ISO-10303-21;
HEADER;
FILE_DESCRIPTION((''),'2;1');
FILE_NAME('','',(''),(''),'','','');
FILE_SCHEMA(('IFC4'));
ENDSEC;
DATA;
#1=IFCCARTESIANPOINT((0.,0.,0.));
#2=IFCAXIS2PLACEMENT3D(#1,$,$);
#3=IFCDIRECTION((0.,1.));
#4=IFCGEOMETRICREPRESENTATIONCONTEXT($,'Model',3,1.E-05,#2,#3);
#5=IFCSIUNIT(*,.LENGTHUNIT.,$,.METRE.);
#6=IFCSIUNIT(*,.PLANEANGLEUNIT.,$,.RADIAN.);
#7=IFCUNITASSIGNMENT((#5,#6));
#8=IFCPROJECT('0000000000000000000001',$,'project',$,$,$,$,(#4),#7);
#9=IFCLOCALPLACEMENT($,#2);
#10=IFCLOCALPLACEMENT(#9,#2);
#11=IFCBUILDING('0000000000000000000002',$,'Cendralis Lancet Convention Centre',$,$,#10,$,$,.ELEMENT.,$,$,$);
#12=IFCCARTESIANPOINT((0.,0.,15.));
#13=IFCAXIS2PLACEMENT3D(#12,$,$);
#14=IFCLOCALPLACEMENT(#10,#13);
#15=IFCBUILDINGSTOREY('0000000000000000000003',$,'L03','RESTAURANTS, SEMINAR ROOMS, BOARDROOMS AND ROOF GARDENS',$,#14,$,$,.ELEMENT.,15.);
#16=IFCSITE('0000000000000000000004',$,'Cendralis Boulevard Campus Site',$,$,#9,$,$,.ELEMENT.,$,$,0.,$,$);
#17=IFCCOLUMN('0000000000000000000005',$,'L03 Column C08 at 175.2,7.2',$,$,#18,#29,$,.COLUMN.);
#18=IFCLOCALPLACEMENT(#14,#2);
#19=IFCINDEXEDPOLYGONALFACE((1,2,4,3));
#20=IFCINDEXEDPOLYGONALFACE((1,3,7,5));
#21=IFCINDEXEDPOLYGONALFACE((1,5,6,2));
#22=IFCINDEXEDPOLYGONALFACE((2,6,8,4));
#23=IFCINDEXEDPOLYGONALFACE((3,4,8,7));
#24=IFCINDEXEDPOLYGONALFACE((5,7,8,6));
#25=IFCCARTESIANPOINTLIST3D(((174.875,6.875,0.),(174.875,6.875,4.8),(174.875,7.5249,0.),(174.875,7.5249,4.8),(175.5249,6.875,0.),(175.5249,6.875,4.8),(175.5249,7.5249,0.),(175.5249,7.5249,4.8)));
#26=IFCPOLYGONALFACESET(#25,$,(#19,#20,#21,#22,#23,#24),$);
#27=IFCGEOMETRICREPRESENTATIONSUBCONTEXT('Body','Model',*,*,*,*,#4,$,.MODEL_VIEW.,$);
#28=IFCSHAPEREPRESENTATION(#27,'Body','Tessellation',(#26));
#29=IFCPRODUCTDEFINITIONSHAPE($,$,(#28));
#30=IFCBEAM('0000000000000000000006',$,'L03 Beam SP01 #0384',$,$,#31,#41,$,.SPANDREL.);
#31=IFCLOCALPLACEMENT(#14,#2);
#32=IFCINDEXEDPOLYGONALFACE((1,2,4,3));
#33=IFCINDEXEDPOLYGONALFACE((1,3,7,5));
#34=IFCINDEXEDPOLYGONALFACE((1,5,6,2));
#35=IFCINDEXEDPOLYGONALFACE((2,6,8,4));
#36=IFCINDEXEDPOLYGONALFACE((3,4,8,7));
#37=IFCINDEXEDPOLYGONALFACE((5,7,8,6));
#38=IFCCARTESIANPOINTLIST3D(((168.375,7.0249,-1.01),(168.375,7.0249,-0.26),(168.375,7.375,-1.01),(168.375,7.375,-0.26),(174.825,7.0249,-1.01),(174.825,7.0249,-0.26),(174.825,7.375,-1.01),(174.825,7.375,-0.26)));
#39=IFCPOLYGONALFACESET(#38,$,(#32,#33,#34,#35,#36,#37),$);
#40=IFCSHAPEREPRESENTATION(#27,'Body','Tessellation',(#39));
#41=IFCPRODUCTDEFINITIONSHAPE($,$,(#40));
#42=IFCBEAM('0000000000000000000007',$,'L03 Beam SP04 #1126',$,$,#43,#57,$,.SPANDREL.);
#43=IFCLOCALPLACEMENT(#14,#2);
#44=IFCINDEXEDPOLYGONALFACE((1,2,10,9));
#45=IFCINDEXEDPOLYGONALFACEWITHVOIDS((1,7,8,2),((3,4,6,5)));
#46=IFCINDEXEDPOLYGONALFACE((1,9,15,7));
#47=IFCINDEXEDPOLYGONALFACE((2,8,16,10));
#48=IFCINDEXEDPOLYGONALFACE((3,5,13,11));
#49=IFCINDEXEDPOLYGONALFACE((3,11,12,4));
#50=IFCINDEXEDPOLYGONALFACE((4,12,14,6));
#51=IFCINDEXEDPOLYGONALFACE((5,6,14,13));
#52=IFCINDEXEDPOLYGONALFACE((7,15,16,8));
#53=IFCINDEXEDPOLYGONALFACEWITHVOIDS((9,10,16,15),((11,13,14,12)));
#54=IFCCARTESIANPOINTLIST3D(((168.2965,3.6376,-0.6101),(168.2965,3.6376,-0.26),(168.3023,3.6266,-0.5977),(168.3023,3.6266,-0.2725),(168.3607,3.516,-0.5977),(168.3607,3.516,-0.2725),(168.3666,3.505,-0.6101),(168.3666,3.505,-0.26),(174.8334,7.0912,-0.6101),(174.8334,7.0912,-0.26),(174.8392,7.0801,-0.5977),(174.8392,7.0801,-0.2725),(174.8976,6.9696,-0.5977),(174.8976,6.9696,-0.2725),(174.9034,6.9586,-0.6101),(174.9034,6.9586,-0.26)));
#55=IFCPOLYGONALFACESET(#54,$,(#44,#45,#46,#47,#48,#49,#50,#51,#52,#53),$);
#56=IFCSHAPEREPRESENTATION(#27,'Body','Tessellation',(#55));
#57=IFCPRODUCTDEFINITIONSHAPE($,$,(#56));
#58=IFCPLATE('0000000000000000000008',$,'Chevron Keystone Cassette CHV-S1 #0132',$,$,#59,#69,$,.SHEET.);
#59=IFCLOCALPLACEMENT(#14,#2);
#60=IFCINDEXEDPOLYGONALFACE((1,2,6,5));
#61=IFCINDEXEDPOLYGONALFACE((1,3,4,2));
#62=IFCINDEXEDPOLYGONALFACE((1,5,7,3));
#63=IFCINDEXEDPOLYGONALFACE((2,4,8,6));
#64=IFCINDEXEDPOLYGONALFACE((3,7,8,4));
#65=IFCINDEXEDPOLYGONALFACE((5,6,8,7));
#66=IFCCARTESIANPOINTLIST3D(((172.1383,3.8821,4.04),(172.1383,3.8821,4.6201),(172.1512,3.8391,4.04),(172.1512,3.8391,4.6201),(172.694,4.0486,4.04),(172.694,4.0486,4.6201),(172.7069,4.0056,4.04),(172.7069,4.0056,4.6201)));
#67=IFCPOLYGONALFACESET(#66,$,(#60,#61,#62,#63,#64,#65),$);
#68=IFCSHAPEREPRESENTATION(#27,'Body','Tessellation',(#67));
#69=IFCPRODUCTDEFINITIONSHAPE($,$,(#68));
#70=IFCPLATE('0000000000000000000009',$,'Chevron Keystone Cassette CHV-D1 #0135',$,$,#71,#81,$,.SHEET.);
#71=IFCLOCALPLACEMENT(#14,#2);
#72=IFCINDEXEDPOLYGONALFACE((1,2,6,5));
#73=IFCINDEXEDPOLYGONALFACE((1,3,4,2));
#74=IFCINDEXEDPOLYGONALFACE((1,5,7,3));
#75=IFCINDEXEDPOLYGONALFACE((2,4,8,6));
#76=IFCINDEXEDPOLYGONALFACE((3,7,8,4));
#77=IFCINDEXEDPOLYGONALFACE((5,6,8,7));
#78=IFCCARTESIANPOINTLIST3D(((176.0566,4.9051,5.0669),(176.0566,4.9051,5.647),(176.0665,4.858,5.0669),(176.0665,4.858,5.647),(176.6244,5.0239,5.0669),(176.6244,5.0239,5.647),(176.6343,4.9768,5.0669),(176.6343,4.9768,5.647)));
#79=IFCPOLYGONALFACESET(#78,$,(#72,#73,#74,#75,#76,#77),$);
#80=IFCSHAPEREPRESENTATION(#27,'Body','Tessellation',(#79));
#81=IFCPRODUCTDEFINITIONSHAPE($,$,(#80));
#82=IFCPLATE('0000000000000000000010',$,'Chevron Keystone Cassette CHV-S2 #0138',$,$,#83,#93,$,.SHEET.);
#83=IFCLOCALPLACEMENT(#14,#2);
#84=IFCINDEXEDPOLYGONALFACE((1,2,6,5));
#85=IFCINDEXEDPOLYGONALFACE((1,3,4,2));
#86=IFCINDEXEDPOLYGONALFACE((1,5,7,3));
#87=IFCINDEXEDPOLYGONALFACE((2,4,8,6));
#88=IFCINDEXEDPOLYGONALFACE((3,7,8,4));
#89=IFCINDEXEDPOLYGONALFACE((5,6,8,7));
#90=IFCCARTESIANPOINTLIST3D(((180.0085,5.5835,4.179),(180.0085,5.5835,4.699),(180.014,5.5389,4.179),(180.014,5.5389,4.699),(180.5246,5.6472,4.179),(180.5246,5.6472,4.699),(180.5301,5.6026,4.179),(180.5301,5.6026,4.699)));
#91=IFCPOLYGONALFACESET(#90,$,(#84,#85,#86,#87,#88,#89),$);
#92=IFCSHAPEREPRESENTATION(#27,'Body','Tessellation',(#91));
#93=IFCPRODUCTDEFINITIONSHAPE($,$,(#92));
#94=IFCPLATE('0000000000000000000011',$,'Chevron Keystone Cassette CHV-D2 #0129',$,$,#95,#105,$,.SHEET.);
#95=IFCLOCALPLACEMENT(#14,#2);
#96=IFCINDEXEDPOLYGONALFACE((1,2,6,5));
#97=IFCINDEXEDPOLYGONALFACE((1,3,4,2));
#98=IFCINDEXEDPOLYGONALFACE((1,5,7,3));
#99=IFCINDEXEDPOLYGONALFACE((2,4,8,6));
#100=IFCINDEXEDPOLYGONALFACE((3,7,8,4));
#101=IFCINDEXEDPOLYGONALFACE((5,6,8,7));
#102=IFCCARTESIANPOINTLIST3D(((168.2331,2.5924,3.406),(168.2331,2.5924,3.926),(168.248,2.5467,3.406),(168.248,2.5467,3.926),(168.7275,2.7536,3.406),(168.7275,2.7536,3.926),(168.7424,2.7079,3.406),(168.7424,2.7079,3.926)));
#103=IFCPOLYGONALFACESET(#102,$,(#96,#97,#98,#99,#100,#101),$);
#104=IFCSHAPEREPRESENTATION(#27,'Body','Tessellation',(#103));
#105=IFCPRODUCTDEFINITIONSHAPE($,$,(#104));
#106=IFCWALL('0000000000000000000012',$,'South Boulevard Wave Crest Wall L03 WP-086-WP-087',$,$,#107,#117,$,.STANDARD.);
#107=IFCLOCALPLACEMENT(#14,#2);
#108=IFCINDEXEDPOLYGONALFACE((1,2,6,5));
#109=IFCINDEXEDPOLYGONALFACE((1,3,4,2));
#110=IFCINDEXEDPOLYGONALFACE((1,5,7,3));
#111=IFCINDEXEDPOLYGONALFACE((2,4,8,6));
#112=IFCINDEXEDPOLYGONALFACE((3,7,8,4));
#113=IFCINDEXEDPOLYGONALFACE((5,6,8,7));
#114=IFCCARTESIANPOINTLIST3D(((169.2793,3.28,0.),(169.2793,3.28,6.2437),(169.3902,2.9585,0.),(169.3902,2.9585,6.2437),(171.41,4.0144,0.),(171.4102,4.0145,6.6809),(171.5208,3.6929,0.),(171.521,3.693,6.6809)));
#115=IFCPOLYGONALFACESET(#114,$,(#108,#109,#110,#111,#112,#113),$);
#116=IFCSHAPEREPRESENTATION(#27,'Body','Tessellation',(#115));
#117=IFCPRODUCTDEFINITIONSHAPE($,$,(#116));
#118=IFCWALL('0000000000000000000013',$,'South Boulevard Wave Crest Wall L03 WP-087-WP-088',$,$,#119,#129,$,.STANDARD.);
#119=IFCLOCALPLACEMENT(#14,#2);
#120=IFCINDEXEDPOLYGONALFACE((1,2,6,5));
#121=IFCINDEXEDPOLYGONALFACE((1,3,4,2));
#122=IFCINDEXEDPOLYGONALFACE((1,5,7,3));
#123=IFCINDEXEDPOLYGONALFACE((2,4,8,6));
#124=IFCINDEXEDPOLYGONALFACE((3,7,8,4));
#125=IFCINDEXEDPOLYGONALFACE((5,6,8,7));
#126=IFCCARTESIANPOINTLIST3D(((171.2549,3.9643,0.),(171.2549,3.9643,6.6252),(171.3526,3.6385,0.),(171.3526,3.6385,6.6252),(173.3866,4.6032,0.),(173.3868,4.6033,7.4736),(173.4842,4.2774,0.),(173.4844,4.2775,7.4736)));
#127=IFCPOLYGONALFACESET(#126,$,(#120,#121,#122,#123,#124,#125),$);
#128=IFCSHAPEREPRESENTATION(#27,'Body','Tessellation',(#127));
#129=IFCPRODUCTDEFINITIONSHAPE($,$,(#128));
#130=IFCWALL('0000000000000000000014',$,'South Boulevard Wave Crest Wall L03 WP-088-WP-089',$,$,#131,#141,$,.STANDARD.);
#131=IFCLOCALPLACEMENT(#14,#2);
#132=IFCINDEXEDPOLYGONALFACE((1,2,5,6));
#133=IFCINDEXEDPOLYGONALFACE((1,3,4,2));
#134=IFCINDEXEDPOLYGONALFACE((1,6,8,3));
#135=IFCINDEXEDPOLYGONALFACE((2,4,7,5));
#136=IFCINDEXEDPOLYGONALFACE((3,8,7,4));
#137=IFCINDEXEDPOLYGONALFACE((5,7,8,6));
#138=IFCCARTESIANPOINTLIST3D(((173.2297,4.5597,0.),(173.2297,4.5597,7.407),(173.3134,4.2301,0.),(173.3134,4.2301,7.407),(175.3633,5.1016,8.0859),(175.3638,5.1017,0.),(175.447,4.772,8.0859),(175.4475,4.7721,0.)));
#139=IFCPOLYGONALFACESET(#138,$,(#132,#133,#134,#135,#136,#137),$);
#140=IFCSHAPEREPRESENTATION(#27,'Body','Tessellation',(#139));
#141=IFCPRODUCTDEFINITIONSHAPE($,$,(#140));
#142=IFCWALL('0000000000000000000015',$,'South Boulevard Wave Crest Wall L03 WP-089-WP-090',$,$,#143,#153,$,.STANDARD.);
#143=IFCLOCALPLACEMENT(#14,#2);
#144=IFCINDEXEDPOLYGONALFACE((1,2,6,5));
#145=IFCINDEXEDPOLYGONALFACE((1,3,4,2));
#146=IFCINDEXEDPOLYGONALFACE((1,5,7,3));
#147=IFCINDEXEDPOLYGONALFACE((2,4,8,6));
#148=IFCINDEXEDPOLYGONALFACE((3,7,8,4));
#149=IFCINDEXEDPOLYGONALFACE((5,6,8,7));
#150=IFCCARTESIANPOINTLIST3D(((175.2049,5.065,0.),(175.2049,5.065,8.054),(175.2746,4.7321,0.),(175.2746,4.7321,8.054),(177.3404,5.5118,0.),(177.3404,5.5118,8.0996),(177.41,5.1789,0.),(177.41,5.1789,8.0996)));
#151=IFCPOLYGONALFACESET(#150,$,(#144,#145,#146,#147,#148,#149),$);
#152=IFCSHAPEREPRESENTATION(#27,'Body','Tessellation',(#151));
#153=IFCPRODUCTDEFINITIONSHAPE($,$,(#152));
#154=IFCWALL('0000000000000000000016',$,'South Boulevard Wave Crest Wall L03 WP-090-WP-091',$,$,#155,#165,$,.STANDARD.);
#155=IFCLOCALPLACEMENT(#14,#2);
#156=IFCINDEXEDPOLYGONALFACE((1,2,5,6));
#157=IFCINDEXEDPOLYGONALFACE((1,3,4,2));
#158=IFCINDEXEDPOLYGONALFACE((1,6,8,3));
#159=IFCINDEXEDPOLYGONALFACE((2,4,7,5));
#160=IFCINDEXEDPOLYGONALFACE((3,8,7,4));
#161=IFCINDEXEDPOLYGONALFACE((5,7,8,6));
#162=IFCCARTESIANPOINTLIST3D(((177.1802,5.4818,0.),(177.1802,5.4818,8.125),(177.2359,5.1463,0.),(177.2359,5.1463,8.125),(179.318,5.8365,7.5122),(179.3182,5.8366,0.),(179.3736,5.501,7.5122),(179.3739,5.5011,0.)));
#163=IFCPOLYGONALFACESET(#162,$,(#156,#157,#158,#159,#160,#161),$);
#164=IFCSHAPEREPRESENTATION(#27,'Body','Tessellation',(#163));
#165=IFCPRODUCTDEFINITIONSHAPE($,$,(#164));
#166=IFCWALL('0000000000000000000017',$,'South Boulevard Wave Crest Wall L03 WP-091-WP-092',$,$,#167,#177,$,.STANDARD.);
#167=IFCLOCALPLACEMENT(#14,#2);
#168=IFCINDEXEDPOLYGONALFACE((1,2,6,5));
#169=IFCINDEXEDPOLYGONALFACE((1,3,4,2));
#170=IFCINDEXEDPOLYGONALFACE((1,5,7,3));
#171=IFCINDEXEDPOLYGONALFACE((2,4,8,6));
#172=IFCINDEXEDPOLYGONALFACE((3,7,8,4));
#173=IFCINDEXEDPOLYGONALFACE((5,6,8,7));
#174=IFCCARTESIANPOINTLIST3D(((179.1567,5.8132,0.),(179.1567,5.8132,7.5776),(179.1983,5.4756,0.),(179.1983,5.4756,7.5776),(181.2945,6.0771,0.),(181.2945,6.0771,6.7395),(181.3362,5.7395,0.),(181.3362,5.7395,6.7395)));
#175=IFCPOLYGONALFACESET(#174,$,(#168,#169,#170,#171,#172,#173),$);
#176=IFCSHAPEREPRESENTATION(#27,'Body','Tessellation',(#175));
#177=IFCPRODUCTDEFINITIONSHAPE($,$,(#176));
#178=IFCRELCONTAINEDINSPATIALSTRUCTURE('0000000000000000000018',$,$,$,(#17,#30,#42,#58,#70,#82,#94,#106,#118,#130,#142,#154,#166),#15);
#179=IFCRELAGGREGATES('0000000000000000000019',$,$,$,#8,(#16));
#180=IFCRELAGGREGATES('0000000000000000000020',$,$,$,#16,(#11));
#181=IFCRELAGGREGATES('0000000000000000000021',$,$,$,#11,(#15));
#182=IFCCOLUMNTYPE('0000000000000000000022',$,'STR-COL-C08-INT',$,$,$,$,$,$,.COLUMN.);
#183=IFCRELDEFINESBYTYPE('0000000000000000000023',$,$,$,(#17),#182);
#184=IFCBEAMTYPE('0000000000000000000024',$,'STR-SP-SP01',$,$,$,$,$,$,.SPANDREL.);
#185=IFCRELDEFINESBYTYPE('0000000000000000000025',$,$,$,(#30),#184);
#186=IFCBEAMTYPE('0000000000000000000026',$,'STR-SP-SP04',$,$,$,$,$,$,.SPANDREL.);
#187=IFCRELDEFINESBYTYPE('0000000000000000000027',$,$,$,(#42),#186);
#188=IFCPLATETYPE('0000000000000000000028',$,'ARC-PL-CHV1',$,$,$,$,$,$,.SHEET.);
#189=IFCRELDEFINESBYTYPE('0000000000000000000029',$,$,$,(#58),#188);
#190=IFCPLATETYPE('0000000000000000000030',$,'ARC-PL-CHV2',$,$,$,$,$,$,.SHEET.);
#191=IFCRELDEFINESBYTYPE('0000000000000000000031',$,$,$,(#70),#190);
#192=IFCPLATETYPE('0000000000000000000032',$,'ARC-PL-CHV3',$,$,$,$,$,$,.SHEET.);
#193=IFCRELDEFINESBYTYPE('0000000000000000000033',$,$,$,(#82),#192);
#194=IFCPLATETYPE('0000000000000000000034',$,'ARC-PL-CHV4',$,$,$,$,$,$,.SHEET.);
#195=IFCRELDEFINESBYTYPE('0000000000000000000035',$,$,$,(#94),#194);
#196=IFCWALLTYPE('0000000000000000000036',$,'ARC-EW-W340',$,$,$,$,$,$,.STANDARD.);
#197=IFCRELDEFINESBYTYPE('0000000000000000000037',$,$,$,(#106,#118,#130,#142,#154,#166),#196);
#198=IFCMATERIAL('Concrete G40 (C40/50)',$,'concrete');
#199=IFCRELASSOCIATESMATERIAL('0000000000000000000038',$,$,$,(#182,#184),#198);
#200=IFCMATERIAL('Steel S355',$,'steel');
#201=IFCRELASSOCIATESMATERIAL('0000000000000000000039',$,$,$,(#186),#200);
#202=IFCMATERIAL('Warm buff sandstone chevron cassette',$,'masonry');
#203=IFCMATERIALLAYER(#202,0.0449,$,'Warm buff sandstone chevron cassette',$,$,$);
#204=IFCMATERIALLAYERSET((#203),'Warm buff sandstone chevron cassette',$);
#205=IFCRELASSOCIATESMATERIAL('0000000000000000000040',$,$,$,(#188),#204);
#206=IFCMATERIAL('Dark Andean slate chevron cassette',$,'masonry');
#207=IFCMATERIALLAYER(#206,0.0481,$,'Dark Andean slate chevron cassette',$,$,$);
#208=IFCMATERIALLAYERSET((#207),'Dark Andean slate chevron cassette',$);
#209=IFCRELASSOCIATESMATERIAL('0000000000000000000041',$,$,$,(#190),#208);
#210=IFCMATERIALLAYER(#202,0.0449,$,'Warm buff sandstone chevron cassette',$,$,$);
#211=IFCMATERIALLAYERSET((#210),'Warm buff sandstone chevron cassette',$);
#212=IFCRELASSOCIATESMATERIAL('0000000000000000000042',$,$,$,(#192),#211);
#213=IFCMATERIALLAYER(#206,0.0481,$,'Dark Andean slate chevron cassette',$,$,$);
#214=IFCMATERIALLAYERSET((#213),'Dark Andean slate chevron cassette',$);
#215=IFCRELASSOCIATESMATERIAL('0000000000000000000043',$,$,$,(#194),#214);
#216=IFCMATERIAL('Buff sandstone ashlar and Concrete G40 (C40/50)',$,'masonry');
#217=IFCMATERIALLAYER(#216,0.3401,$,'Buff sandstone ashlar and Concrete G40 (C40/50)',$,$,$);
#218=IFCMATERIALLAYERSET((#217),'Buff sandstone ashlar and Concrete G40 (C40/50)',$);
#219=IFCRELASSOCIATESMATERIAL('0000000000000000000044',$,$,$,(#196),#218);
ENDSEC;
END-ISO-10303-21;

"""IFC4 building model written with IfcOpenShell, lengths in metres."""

from ifc_helpers import new_model, si_unit, direction, frame, origin, origin_2d, place, context, subcontext, project, spatial, polyline, rectangle, hollow_rectangle, outline, extrude, material, layer, layer_set, material_profile, profile_set, type_object, element, save


model = new_model("IFC4")

# Units and contexts
model_context = context("Model", 3, precision=1e-05, world=origin(), true_north=direction((0.0, 1.0)))
body_context = subcontext(model_context, "Body", "Model", "MODEL_VIEW")
ifc_project = project(units=[si_unit("LENGTHUNIT", "METRE"), si_unit("PLANEANGLEUNIT", "RADIAN")], contexts=[model_context])

# Site, building, storey
site_placement = place(None, origin())
site = spatial("IfcSite", under=ifc_project, at=site_placement, Name="Cendralis Boulevard Campus Site", CompositionType="ELEMENT", RefElevation=0.0)
building_placement = place(site_placement, origin())
building = spatial("IfcBuilding", under=site, at=building_placement, Name="Cendralis Lancet Convention Centre", CompositionType="ELEMENT")
storey_placement = place(building_placement, frame((0.0, 0.0, 15.0)))
storey = spatial("IfcBuildingStorey", under=building, at=storey_placement, Name="L03", Description="RESTAURANTS, SEMINAR ROOMS, BOARDROOMS AND ROOF GARDENS", CompositionType="ELEMENT", Elevation=15.0)

# Column
ifc_material_1 = material(Name="Concrete G40 (C40/50)", Category="concrete")
ifc_material_profile_1 = material_profile(ifc_material_1, rectangle(XDim=0.6499, YDim=0.6499, at=origin_2d()), Name="RC 650x650")
ifc_profile_set_1 = profile_set([ifc_material_profile_1], Name="Concrete G40 (C40/50)")
column_type = type_object("IfcColumnType", Name="STR-COL-C08-INT", PredefinedType="COLUMN", material=ifc_profile_set_1)
column_placement = place(storey_placement, frame((175.2, 7.2, 0.0), z_axis=(0.0, 0.0, 1.0), x_axis=(1.0, 0.0, 0.0)))
element("IfcColumn", 1, at=column_placement, inside=storey, type_object=column_type, Name="L03 Column C08 at 175.2,7.2", PredefinedType="COLUMN", context=body_context, shape_type="SweptSolid", body=[
    extrude(rectangle(XDim=0.6499, YDim=0.6499, at=origin_2d()), origin(), (0.0, 0.0, 1.0), 4.8),
])

# Beams
ifc_material_profile_2 = material_profile(ifc_material_1, rectangle(XDim=0.3501, YDim=0.75, at=origin_2d()), Name="RCB 350x750")
ifc_profile_set_2 = profile_set([ifc_material_profile_2], Name="Concrete G40 (C40/50)")
beam_type_1 = type_object("IfcBeamType", Name="STR-SP-SP01", PredefinedType="SPANDREL", material=ifc_profile_set_2)
beam_1_placement = place(storey_placement, frame((168.375, 7.2, -0.635), z_axis=(1.0, 0.0, 0.0), x_axis=(0.0, 1.0, 0.0)))
element("IfcBeam", 2, at=beam_1_placement, inside=storey, type_object=beam_type_1, Name="L03 Beam SP01 #0384", PredefinedType="SPANDREL", context=body_context, shape_type="SweptSolid", body=[
    extrude(rectangle(XDim=0.3501, YDim=0.75, at=origin_2d()), origin(), (0.0, 0.0, 1.0), 6.45),
])
ifc_material_2 = material(Name="Steel S355", Category="steel")
ifc_material_profile_3 = material_profile(ifc_material_2, hollow_rectangle(XDim=0.1499, YDim=0.3501, WallThickness=0.0125, at=origin_2d()), Name="RHS 350x150x12.5")
ifc_profile_set_3 = profile_set([ifc_material_profile_3], Name="Steel S355")
beam_type_2 = type_object("IfcBeamType", Name="STR-SP-SP04", PredefinedType="SPANDREL", material=ifc_profile_set_3)
beam_2_placement = place(storey_placement, frame((168.3315, 3.5713, -0.4351), z_axis=(0.884184, 0.46714, 0.0), x_axis=(-0.46714, 0.884184, 0.0)))
element("IfcBeam", 3, at=beam_2_placement, inside=storey, type_object=beam_type_2, Name="L03 Beam SP04 #1126", PredefinedType="SPANDREL", context=body_context, shape_type="SweptSolid", body=[
    extrude(hollow_rectangle(XDim=0.1499, YDim=0.3501, WallThickness=0.0125, at=origin_2d()), origin(), (0.0, 0.0, 1.0), 7.3931),
])

# Plates
ifc_material_3 = material(Name="Warm buff sandstone chevron cassette", Category="masonry")
ifc_layer_1 = layer(ifc_material_3, 0.0449, Name="Warm buff sandstone chevron cassette")
ifc_layer_set_1 = layer_set([ifc_layer_1], Name="Warm buff sandstone chevron cassette")
plate_type_1 = type_object("IfcPlateType", Name="ARC-PL-CHV1", PredefinedType="SHEET", material=ifc_layer_set_1)
plate_1_placement = place(storey_placement, frame((172.4226, 3.9438, 4.04), z_axis=(0.0, 0.0, 1.0), x_axis=(0.957918, 0.287043, 0.0)))
element("IfcPlate", 4, at=plate_1_placement, inside=storey, type_object=plate_type_1, Name="Chevron Keystone Cassette CHV-S1 #0132", PredefinedType="SHEET", context=body_context, shape_type="SweptSolid", body=[
    extrude(rectangle(XDim=0.5801, YDim=0.0449, at=origin_2d()), origin(), (0.0, 0.0, 1.0), 0.5801),
])
ifc_material_4 = material(Name="Dark Andean slate chevron cassette", Category="masonry")
ifc_layer_2 = layer(ifc_material_4, 0.0481, Name="Dark Andean slate chevron cassette")
ifc_layer_set_2 = layer_set([ifc_layer_2], Name="Dark Andean slate chevron cassette")
plate_type_2 = type_object("IfcPlateType", Name="ARC-PL-CHV2", PredefinedType="SHEET", material=ifc_layer_set_2)
plate_2_placement = place(storey_placement, frame((176.3455, 4.9409, 5.0669), z_axis=(0.0, 0.0, 1.0), x_axis=(0.978803, 0.204804, 0.0)))
element("IfcPlate", 5, at=plate_2_placement, inside=storey, type_object=plate_type_2, Name="Chevron Keystone Cassette CHV-D1 #0135", PredefinedType="SHEET", context=body_context, shape_type="SweptSolid", body=[
    extrude(rectangle(XDim=0.5801, YDim=0.0481, at=origin_2d()), origin(), (0.0, 0.0, 1.0), 0.5801),
])
ifc_layer_3 = layer(ifc_material_3, 0.0449, Name="Warm buff sandstone chevron cassette")
ifc_layer_set_3 = layer_set([ifc_layer_3], Name="Warm buff sandstone chevron cassette")
plate_type_3 = type_object("IfcPlateType", Name="ARC-PL-CHV3", PredefinedType="SHEET", material=ifc_layer_set_3)
plate_3_placement = place(storey_placement, frame((180.2693, 5.593, 4.179), z_axis=(0.0, 0.0, 1.0), x_axis=(0.992472, 0.122476, 0.0)))
element("IfcPlate", 6, at=plate_3_placement, inside=storey, type_object=plate_type_3, Name="Chevron Keystone Cassette CHV-S2 #0138", PredefinedType="SHEET", context=body_context, shape_type="SweptSolid", body=[
    extrude(rectangle(XDim=0.52, YDim=0.0449, at=origin_2d()), origin(), (0.0, 0.0, 1.0), 0.52),
])
ifc_layer_4 = layer(ifc_material_4, 0.0481, Name="Dark Andean slate chevron cassette")
ifc_layer_set_4 = layer_set([ifc_layer_4], Name="Dark Andean slate chevron cassette")
plate_type_4 = type_object("IfcPlateType", Name="ARC-PL-CHV4", PredefinedType="SHEET", material=ifc_layer_set_4)
plate_4_placement = place(storey_placement, frame((168.4878, 2.6501, 3.406), z_axis=(0.0, 0.0, 1.0), x_axis=(0.950738, 0.309996, 0.0)))
element("IfcPlate", 7, at=plate_4_placement, inside=storey, type_object=plate_type_4, Name="Chevron Keystone Cassette CHV-D2 #0129", PredefinedType="SHEET", context=body_context, shape_type="SweptSolid", body=[
    extrude(rectangle(XDim=0.52, YDim=0.0481, at=origin_2d()), origin(), (0.0, 0.0, 1.0), 0.52),
])

# Walls
ifc_material_5 = material(Name="Buff sandstone ashlar and Concrete G40 (C40/50)", Category="masonry")
ifc_layer_5 = layer(ifc_material_5, 0.3401, Name="Buff sandstone ashlar and Concrete G40 (C40/50)")
ifc_layer_set_5 = layer_set([ifc_layer_5], Name="Buff sandstone ashlar and Concrete G40 (C40/50)")
wall_type_1 = type_object("IfcWallType", Name="ARC-EW-W340", PredefinedType="STANDARD", material=ifc_layer_set_5)
wall_1_placement = place(storey_placement, frame((169.3347, 3.1194, 0.0), z_axis=(0.0, 0.0, 1.0), x_axis=(0.945417, 0.325864, 0.0)))
element("IfcWall", 8, at=wall_1_placement, inside=storey, type_object=wall_type_1, Name="South Boulevard Wave Crest Wall L03 WP-086-WP-087", PredefinedType="STANDARD", context=body_context, shape_type="SweptSolid", body=[
    extrude(outline(polyline([(0.0, 0.0), (2.2537, 0.0), (2.2539, 6.6809), (0.0, 6.2437), (0.0, 0.0)])), frame((0.0, 0.1699, 0.0), z_axis=(0.0, -1.0, 0.0), x_axis=(1.0, 0.0, 0.0)), (0.0, 0.0, 1.0), 0.3401),
])
wall_2_placement = place(storey_placement, frame((171.3037, 3.8015, 0.0), z_axis=(0.0, 0.0, 1.0), x_axis=(0.957896, 0.287116, 0.0)))
element("IfcWall", 9, at=wall_2_placement, inside=storey, type_object=wall_type_1, Name="South Boulevard Wave Crest Wall L03 WP-087-WP-088", PredefinedType="STANDARD", context=body_context, shape_type="SweptSolid", body=[
    extrude(outline(polyline([(0.0, 0.0), (2.2253, 0.0), (2.2256, 7.4736), (0.0, 6.6252), (0.0, 0.0)])), frame((0.0, 0.1699, 0.0), z_axis=(0.0, -1.0, 0.0), x_axis=(1.0, 0.0, 0.0)), (0.0, 0.0, 1.0), 0.3401),
])
wall_3_placement = place(storey_placement, frame((173.2715, 4.395, 0.0), z_axis=(0.0, 0.0, 1.0), x_axis=(0.969229, 0.24616, 0.0)))
element("IfcWall", 10, at=wall_3_placement, inside=storey, type_object=wall_type_1, Name="South Boulevard Wave Crest Wall L03 WP-088-WP-089", PredefinedType="STANDARD", context=body_context, shape_type="SweptSolid", body=[
    extrude(outline(polyline([(0.0, 0.0), (2.2019, 0.0), (2.2014, 8.0859), (0.0, 7.407), (0.0, 0.0)])), frame((0.0, 0.1699, 0.0), z_axis=(0.0, -1.0, 0.0), x_axis=(1.0, 0.0, 0.0)), (0.0, 0.0, 1.0), 0.3401),
])
wall_4_placement = place(storey_placement, frame((175.2397, 4.8987, 0.0), z_axis=(0.0, 0.0, 1.0), x_axis=(0.978808, 0.204781, 0.0)))
element("IfcWall", 11, at=wall_4_placement, inside=storey, type_object=wall_type_1, Name="South Boulevard Wave Crest Wall L03 WP-089-WP-090", PredefinedType="STANDARD", context=body_context, shape_type="SweptSolid", body=[
    extrude(outline(polyline([(0.0, 0.0), (2.1816, 0.0), (2.1816, 8.0996), (0.0, 8.054), (0.0, 0.0)])), frame((0.0, 0.1699, 0.0), z_axis=(0.0, -1.0, 0.0), x_axis=(1.0, 0.0, 0.0)), (0.0, 0.0, 1.0), 0.3401),
])
wall_5_placement = place(storey_placement, frame((177.208, 5.3142, 0.0), z_axis=(0.0, 0.0, 1.0), x_axis=(0.986512, 0.163686, 0.0)))
element("IfcWall", 12, at=wall_5_placement, inside=storey, type_object=wall_type_1, Name="South Boulevard Wave Crest Wall L03 WP-090-WP-091", PredefinedType="STANDARD", context=body_context, shape_type="SweptSolid", body=[
    extrude(outline(polyline([(0.0, 0.0), (2.1672, 0.0), (2.167, 7.5122), (0.0, 8.125), (0.0, 0.0)])), frame((0.0, 0.1699, 0.0), z_axis=(0.0, -1.0, 0.0), x_axis=(1.0, 0.0, 0.0)), (0.0, 0.0, 1.0), 0.3401),
])
wall_6_placement = place(storey_placement, frame((179.1775, 5.6445, 0.0), z_axis=(0.0, 0.0, 1.0), x_axis=(0.992467, 0.122514, 0.0)))
element("IfcWall", 13, at=wall_6_placement, inside=storey, type_object=wall_type_1, Name="South Boulevard Wave Crest Wall L03 WP-091-WP-092", PredefinedType="STANDARD", context=body_context, shape_type="SweptSolid", body=[
    extrude(outline(polyline([(0.0, 0.0), (2.1541, 0.0), (2.1541, 6.7395), (0.0, 7.5776), (0.0, 0.0)])), frame((0.0, 0.1699, 0.0), z_axis=(0.0, -1.0, 0.0), x_axis=(1.0, 0.0, 0.0)), (0.0, 0.0, 1.0), 0.3401),
])

save(model, "model.ifc")
